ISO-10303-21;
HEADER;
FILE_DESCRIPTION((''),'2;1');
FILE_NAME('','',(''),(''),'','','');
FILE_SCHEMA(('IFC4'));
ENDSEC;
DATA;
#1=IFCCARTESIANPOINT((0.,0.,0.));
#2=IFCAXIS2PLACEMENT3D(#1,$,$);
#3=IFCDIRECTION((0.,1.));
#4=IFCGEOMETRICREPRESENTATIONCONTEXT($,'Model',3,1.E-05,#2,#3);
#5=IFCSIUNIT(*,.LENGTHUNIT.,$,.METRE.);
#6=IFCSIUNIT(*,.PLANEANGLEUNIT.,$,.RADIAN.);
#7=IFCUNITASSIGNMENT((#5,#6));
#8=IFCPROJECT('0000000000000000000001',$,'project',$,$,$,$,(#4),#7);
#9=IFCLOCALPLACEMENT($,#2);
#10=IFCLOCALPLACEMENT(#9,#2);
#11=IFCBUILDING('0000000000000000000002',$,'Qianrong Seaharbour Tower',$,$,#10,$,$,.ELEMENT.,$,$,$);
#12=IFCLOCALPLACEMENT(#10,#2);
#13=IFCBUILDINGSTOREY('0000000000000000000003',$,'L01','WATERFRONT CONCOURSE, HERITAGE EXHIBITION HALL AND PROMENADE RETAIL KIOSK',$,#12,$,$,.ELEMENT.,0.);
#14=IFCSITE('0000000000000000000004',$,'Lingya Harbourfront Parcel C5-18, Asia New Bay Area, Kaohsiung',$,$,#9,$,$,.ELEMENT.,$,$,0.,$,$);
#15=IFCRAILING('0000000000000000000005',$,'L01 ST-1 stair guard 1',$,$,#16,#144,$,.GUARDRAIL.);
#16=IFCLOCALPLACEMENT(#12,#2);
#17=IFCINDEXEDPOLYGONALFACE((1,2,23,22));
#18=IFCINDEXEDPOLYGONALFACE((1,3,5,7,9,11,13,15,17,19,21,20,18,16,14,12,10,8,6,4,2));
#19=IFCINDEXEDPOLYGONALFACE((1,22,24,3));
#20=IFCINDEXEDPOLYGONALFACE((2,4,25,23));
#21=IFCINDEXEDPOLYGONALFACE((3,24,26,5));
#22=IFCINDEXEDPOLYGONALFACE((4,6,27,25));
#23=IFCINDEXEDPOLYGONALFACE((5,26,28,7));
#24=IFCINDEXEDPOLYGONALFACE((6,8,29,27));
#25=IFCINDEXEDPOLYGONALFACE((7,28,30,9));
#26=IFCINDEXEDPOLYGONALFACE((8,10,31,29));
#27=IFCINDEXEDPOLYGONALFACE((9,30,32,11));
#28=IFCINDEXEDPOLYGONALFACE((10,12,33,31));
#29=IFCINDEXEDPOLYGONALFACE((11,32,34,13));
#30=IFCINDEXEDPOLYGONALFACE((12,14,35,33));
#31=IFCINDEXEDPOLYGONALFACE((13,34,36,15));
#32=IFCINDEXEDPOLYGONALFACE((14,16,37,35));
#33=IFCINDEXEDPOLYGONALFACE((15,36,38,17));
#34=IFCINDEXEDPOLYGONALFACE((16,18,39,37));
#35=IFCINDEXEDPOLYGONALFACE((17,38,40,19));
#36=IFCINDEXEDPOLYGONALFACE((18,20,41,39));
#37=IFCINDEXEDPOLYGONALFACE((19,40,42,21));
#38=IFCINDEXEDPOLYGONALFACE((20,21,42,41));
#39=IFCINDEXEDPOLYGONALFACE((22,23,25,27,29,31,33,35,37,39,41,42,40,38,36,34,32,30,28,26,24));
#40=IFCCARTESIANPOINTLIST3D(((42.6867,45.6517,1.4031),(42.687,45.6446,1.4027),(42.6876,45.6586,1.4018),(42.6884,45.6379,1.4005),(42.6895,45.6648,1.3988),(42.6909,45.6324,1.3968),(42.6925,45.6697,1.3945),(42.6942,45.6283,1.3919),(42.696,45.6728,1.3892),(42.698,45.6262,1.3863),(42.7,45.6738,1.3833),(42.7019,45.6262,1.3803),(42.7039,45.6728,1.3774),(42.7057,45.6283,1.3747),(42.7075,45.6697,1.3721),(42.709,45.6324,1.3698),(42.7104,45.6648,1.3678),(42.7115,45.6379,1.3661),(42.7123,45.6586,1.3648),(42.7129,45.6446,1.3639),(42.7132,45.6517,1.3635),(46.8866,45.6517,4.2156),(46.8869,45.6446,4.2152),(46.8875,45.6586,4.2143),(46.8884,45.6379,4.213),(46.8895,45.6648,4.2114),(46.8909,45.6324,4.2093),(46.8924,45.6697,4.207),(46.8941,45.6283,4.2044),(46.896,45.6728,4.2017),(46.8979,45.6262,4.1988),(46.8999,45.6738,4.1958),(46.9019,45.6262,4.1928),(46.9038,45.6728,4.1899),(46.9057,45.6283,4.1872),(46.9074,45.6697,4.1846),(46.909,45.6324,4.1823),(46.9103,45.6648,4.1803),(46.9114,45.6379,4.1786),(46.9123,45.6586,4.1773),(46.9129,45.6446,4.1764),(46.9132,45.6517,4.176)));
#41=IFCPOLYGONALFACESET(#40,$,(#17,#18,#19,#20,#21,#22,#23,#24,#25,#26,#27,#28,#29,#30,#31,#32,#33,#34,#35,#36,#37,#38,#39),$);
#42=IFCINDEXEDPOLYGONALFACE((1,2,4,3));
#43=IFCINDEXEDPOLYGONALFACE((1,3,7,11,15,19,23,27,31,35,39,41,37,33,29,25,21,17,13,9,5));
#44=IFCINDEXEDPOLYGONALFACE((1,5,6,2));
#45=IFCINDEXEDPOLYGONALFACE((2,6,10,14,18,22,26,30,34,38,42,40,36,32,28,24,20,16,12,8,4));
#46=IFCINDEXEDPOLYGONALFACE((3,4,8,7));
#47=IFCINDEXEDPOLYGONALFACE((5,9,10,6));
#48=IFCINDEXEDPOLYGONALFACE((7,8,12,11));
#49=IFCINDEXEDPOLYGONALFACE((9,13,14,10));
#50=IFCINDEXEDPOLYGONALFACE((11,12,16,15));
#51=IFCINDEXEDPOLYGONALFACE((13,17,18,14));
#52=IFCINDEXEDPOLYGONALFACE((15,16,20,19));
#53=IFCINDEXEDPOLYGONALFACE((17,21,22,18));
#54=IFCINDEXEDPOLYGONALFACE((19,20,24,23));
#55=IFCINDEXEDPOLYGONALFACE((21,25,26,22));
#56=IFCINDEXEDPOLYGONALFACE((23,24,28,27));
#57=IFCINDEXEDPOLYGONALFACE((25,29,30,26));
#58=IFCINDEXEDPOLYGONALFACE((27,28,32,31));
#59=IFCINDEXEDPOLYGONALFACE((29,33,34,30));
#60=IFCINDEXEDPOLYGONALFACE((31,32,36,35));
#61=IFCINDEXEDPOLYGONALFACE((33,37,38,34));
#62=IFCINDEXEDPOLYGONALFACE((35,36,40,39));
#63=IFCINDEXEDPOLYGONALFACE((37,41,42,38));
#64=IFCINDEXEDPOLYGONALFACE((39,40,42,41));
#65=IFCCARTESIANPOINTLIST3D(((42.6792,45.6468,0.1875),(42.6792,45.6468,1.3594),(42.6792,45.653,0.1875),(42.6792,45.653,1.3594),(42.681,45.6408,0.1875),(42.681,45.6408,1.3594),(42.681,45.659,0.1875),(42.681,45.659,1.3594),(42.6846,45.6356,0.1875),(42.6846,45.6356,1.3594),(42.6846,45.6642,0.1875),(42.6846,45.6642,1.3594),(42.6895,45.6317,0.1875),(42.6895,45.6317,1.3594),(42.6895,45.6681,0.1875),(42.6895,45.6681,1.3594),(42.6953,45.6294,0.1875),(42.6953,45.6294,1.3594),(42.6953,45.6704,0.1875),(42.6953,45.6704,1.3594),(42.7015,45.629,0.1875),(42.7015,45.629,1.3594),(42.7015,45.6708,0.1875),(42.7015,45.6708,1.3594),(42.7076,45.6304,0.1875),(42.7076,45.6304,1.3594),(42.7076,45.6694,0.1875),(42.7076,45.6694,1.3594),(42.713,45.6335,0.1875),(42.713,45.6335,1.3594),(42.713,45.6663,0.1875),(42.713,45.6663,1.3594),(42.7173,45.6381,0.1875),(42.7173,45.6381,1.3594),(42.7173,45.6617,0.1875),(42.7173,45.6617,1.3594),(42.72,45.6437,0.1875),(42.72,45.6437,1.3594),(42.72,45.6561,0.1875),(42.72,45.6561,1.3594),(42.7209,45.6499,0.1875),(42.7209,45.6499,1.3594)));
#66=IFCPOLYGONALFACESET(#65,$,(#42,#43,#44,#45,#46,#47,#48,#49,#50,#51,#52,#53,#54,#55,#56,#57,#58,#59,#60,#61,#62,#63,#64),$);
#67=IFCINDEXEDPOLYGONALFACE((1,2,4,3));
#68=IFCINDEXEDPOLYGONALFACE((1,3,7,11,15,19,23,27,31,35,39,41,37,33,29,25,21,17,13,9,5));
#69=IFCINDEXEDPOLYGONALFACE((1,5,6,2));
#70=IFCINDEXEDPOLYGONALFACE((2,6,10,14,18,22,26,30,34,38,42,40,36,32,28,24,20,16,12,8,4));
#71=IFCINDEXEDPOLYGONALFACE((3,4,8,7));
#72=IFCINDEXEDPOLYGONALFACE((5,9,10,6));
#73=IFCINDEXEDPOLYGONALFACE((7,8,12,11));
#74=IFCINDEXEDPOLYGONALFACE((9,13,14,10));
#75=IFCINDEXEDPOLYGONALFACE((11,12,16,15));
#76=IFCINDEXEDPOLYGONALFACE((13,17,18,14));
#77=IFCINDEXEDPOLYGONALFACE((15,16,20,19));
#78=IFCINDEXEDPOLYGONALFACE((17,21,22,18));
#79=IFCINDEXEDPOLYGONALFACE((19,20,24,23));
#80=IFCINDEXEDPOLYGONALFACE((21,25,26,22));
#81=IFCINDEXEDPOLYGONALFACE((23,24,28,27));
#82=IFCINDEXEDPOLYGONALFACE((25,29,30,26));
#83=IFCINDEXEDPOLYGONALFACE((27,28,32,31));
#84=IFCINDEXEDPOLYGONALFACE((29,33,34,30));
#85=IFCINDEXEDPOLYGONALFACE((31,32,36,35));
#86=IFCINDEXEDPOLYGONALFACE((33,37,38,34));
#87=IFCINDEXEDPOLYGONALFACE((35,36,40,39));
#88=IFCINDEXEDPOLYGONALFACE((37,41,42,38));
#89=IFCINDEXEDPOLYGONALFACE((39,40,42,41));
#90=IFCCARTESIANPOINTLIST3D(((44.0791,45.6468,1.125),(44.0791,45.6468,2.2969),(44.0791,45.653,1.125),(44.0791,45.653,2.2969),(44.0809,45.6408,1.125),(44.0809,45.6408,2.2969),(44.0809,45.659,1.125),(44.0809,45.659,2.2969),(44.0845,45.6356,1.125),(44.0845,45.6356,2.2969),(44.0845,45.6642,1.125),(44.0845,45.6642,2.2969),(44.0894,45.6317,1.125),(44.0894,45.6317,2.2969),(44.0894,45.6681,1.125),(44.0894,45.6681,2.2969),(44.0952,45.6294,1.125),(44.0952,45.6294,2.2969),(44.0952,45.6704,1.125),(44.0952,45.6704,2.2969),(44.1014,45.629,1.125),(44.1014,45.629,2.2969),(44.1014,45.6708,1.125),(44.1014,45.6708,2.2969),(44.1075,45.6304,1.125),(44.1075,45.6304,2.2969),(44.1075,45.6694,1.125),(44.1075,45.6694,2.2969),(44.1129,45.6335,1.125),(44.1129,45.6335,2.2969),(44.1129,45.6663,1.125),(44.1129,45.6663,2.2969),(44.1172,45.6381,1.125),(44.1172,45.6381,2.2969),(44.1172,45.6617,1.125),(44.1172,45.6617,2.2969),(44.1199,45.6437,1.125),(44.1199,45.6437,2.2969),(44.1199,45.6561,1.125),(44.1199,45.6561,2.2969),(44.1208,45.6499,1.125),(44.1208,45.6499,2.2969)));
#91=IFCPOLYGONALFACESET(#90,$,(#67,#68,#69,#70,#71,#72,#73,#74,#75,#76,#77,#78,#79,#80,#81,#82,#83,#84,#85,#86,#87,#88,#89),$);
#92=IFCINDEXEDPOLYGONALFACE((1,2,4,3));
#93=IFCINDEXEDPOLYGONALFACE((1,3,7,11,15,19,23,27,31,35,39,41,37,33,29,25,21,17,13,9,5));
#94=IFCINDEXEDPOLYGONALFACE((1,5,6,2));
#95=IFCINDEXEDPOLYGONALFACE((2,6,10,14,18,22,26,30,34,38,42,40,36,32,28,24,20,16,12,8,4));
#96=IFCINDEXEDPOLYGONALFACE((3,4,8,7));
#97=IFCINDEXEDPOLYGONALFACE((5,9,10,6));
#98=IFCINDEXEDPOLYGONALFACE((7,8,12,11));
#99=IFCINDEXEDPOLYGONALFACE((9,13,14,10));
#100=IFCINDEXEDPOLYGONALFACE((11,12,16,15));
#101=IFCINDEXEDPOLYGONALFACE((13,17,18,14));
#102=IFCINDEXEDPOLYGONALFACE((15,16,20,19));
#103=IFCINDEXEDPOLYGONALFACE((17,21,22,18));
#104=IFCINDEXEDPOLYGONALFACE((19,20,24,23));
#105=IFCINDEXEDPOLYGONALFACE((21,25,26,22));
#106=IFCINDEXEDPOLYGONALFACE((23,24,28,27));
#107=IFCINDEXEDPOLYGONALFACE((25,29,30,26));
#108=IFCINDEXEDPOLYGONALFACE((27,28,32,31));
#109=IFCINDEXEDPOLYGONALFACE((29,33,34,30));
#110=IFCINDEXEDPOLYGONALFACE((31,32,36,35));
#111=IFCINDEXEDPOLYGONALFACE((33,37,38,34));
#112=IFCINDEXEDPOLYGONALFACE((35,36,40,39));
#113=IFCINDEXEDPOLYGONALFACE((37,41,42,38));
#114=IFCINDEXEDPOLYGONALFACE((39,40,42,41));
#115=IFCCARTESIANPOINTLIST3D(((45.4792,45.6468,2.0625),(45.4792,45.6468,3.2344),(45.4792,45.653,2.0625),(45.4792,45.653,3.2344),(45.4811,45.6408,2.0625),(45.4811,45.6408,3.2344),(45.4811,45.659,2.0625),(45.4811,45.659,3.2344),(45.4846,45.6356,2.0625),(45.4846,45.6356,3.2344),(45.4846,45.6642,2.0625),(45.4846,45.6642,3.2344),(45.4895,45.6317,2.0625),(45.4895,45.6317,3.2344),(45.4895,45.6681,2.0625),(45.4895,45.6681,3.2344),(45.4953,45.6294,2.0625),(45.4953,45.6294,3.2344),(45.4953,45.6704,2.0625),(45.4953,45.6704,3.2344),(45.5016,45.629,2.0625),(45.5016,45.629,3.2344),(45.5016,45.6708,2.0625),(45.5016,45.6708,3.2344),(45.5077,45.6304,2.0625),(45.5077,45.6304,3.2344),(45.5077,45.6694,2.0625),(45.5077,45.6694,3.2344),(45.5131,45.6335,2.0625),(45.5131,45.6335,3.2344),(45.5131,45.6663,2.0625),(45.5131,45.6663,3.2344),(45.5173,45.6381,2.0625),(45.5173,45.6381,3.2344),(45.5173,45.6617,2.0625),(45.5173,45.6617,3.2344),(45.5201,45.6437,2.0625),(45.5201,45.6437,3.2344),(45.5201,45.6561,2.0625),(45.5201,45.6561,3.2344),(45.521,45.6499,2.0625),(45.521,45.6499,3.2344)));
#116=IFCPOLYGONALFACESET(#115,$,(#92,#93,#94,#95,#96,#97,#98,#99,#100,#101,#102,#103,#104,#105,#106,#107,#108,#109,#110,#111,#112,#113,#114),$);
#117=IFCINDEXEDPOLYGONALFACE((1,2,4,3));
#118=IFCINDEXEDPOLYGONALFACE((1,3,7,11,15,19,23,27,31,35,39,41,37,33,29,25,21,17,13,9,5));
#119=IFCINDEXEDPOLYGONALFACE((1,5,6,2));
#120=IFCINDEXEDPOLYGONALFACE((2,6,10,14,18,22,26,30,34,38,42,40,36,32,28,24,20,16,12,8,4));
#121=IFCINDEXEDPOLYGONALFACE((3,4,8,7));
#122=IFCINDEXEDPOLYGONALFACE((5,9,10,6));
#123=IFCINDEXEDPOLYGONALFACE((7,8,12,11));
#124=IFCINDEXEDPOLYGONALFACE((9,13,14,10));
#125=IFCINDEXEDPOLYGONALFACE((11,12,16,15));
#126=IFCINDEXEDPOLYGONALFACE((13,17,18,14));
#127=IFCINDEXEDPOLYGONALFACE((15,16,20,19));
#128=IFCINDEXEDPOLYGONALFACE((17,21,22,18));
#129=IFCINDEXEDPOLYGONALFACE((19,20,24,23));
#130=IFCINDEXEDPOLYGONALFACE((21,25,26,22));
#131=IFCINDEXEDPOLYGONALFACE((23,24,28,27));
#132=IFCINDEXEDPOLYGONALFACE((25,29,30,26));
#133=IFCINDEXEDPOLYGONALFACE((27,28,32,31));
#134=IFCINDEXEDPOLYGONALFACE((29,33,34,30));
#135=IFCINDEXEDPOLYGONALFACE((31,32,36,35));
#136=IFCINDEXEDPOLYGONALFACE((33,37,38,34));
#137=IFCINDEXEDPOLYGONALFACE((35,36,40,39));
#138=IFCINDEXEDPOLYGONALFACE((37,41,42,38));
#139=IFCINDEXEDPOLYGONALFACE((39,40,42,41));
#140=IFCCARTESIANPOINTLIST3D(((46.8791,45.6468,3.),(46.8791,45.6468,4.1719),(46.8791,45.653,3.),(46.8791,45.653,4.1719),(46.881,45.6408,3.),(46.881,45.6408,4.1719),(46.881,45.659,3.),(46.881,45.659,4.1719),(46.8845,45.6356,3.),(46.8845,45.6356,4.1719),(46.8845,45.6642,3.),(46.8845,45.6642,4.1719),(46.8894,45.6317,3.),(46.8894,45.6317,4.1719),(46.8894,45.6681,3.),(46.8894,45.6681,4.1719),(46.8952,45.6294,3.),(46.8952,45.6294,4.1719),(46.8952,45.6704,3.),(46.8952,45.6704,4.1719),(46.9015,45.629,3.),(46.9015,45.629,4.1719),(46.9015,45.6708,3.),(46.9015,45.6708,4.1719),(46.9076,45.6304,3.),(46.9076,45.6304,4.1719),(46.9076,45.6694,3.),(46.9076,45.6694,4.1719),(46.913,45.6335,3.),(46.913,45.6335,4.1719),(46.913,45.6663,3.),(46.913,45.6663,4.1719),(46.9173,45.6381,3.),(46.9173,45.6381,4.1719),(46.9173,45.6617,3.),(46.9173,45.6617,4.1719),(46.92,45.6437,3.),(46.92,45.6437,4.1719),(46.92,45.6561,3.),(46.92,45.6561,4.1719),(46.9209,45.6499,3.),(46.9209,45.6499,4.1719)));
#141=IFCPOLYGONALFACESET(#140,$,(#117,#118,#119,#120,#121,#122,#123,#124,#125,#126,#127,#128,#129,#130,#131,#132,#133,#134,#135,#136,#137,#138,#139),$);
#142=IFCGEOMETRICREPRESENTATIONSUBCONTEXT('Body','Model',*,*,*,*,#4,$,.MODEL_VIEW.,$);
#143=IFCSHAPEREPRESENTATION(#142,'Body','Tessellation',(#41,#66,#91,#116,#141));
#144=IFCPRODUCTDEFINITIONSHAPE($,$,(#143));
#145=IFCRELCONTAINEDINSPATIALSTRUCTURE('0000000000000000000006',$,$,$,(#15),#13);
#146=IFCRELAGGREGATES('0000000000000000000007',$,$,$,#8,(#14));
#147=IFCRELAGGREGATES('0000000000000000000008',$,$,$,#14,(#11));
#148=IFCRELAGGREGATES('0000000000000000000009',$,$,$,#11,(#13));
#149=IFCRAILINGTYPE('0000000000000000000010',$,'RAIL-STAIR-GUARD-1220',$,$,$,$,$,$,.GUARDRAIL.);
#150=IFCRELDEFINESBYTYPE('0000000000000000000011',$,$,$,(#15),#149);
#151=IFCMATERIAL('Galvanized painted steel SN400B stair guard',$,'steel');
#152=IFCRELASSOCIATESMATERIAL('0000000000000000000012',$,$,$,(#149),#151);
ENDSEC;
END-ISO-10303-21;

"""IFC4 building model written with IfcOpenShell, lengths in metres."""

from ifc_helpers import new_model, si_unit, direction, frame, origin, origin_2d, place, context, subcontext, project, spatial, circle, extrude, material, type_object, element, save


model = new_model("IFC4")

# Units and contexts
model_context = context("Model", 3, precision=1e-05, world=origin(), true_north=direction((0.0, 1.0)))
body_context = subcontext(model_context, "Body", "Model", "MODEL_VIEW")
ifc_project = project(units=[si_unit("LENGTHUNIT", "METRE"), si_unit("PLANEANGLEUNIT", "RADIAN")], contexts=[model_context])

# Site, building, storey
site_placement = place(None, origin())
site = spatial("IfcSite", under=ifc_project, at=site_placement, Name="Lingya Harbourfront Parcel C5-18, Asia New Bay Area, Kaohsiung", CompositionType="ELEMENT", RefElevation=0.0)
building_placement = place(site_placement, origin())
building = spatial("IfcBuilding", under=site, at=building_placement, Name="Qianrong Seaharbour Tower", CompositionType="ELEMENT")
storey_placement = place(building_placement, origin())
storey = spatial("IfcBuildingStorey", under=building, at=storey_placement, Name="L01", Description="WATERFRONT CONCOURSE, HERITAGE EXHIBITION HALL AND PROMENADE RETAIL KIOSK", CompositionType="ELEMENT", Elevation=0.0)

# Railing
ifc_material_1 = material(Name="Galvanized painted steel SN400B stair guard", Category="steel")
railing_type_1 = type_object("IfcRailingType", Name="RAIL-STAIR-GUARD-1220", PredefinedType="GUARDRAIL", material=ifc_material_1)
railing_1_placement = place(storey_placement, frame((42.7, 45.6499, 0.1875)))
element("IfcRailing", 1, at=railing_1_placement, inside=storey, type_object=railing_type_1, Name="L01 ST-1 stair guard 1", PredefinedType="GUARDRAIL", context=body_context, shape_type="SweptSolid", body=[
    extrude(circle(Radius=0.0239, at=origin_2d()), frame((0.0, 0.0, 1.1958), z_axis=(0.830904, 0.0, 0.556416), x_axis=(0.0, 1.0, 0.0)), (0.0, 0.0, 1.0), 5.0547),
    extrude(circle(Radius=0.021, at=origin_2d()), origin(), (0.0, 0.0, 1.0), 1.1719),
    extrude(circle(Radius=0.021, at=origin_2d()), frame((1.3999, 0.0, 0.9375)), (0.0, 0.0, 1.0), 1.1719),
    extrude(circle(Radius=0.021, at=origin_2d()), frame((2.8, 0.0, 1.875)), (0.0, 0.0, 1.0), 1.1719),
    extrude(circle(Radius=0.021, at=origin_2d()), frame((4.2, 0.0, 2.8125)), (0.0, 0.0, 1.0), 1.1719),
])

save(model, "model.ifc")
